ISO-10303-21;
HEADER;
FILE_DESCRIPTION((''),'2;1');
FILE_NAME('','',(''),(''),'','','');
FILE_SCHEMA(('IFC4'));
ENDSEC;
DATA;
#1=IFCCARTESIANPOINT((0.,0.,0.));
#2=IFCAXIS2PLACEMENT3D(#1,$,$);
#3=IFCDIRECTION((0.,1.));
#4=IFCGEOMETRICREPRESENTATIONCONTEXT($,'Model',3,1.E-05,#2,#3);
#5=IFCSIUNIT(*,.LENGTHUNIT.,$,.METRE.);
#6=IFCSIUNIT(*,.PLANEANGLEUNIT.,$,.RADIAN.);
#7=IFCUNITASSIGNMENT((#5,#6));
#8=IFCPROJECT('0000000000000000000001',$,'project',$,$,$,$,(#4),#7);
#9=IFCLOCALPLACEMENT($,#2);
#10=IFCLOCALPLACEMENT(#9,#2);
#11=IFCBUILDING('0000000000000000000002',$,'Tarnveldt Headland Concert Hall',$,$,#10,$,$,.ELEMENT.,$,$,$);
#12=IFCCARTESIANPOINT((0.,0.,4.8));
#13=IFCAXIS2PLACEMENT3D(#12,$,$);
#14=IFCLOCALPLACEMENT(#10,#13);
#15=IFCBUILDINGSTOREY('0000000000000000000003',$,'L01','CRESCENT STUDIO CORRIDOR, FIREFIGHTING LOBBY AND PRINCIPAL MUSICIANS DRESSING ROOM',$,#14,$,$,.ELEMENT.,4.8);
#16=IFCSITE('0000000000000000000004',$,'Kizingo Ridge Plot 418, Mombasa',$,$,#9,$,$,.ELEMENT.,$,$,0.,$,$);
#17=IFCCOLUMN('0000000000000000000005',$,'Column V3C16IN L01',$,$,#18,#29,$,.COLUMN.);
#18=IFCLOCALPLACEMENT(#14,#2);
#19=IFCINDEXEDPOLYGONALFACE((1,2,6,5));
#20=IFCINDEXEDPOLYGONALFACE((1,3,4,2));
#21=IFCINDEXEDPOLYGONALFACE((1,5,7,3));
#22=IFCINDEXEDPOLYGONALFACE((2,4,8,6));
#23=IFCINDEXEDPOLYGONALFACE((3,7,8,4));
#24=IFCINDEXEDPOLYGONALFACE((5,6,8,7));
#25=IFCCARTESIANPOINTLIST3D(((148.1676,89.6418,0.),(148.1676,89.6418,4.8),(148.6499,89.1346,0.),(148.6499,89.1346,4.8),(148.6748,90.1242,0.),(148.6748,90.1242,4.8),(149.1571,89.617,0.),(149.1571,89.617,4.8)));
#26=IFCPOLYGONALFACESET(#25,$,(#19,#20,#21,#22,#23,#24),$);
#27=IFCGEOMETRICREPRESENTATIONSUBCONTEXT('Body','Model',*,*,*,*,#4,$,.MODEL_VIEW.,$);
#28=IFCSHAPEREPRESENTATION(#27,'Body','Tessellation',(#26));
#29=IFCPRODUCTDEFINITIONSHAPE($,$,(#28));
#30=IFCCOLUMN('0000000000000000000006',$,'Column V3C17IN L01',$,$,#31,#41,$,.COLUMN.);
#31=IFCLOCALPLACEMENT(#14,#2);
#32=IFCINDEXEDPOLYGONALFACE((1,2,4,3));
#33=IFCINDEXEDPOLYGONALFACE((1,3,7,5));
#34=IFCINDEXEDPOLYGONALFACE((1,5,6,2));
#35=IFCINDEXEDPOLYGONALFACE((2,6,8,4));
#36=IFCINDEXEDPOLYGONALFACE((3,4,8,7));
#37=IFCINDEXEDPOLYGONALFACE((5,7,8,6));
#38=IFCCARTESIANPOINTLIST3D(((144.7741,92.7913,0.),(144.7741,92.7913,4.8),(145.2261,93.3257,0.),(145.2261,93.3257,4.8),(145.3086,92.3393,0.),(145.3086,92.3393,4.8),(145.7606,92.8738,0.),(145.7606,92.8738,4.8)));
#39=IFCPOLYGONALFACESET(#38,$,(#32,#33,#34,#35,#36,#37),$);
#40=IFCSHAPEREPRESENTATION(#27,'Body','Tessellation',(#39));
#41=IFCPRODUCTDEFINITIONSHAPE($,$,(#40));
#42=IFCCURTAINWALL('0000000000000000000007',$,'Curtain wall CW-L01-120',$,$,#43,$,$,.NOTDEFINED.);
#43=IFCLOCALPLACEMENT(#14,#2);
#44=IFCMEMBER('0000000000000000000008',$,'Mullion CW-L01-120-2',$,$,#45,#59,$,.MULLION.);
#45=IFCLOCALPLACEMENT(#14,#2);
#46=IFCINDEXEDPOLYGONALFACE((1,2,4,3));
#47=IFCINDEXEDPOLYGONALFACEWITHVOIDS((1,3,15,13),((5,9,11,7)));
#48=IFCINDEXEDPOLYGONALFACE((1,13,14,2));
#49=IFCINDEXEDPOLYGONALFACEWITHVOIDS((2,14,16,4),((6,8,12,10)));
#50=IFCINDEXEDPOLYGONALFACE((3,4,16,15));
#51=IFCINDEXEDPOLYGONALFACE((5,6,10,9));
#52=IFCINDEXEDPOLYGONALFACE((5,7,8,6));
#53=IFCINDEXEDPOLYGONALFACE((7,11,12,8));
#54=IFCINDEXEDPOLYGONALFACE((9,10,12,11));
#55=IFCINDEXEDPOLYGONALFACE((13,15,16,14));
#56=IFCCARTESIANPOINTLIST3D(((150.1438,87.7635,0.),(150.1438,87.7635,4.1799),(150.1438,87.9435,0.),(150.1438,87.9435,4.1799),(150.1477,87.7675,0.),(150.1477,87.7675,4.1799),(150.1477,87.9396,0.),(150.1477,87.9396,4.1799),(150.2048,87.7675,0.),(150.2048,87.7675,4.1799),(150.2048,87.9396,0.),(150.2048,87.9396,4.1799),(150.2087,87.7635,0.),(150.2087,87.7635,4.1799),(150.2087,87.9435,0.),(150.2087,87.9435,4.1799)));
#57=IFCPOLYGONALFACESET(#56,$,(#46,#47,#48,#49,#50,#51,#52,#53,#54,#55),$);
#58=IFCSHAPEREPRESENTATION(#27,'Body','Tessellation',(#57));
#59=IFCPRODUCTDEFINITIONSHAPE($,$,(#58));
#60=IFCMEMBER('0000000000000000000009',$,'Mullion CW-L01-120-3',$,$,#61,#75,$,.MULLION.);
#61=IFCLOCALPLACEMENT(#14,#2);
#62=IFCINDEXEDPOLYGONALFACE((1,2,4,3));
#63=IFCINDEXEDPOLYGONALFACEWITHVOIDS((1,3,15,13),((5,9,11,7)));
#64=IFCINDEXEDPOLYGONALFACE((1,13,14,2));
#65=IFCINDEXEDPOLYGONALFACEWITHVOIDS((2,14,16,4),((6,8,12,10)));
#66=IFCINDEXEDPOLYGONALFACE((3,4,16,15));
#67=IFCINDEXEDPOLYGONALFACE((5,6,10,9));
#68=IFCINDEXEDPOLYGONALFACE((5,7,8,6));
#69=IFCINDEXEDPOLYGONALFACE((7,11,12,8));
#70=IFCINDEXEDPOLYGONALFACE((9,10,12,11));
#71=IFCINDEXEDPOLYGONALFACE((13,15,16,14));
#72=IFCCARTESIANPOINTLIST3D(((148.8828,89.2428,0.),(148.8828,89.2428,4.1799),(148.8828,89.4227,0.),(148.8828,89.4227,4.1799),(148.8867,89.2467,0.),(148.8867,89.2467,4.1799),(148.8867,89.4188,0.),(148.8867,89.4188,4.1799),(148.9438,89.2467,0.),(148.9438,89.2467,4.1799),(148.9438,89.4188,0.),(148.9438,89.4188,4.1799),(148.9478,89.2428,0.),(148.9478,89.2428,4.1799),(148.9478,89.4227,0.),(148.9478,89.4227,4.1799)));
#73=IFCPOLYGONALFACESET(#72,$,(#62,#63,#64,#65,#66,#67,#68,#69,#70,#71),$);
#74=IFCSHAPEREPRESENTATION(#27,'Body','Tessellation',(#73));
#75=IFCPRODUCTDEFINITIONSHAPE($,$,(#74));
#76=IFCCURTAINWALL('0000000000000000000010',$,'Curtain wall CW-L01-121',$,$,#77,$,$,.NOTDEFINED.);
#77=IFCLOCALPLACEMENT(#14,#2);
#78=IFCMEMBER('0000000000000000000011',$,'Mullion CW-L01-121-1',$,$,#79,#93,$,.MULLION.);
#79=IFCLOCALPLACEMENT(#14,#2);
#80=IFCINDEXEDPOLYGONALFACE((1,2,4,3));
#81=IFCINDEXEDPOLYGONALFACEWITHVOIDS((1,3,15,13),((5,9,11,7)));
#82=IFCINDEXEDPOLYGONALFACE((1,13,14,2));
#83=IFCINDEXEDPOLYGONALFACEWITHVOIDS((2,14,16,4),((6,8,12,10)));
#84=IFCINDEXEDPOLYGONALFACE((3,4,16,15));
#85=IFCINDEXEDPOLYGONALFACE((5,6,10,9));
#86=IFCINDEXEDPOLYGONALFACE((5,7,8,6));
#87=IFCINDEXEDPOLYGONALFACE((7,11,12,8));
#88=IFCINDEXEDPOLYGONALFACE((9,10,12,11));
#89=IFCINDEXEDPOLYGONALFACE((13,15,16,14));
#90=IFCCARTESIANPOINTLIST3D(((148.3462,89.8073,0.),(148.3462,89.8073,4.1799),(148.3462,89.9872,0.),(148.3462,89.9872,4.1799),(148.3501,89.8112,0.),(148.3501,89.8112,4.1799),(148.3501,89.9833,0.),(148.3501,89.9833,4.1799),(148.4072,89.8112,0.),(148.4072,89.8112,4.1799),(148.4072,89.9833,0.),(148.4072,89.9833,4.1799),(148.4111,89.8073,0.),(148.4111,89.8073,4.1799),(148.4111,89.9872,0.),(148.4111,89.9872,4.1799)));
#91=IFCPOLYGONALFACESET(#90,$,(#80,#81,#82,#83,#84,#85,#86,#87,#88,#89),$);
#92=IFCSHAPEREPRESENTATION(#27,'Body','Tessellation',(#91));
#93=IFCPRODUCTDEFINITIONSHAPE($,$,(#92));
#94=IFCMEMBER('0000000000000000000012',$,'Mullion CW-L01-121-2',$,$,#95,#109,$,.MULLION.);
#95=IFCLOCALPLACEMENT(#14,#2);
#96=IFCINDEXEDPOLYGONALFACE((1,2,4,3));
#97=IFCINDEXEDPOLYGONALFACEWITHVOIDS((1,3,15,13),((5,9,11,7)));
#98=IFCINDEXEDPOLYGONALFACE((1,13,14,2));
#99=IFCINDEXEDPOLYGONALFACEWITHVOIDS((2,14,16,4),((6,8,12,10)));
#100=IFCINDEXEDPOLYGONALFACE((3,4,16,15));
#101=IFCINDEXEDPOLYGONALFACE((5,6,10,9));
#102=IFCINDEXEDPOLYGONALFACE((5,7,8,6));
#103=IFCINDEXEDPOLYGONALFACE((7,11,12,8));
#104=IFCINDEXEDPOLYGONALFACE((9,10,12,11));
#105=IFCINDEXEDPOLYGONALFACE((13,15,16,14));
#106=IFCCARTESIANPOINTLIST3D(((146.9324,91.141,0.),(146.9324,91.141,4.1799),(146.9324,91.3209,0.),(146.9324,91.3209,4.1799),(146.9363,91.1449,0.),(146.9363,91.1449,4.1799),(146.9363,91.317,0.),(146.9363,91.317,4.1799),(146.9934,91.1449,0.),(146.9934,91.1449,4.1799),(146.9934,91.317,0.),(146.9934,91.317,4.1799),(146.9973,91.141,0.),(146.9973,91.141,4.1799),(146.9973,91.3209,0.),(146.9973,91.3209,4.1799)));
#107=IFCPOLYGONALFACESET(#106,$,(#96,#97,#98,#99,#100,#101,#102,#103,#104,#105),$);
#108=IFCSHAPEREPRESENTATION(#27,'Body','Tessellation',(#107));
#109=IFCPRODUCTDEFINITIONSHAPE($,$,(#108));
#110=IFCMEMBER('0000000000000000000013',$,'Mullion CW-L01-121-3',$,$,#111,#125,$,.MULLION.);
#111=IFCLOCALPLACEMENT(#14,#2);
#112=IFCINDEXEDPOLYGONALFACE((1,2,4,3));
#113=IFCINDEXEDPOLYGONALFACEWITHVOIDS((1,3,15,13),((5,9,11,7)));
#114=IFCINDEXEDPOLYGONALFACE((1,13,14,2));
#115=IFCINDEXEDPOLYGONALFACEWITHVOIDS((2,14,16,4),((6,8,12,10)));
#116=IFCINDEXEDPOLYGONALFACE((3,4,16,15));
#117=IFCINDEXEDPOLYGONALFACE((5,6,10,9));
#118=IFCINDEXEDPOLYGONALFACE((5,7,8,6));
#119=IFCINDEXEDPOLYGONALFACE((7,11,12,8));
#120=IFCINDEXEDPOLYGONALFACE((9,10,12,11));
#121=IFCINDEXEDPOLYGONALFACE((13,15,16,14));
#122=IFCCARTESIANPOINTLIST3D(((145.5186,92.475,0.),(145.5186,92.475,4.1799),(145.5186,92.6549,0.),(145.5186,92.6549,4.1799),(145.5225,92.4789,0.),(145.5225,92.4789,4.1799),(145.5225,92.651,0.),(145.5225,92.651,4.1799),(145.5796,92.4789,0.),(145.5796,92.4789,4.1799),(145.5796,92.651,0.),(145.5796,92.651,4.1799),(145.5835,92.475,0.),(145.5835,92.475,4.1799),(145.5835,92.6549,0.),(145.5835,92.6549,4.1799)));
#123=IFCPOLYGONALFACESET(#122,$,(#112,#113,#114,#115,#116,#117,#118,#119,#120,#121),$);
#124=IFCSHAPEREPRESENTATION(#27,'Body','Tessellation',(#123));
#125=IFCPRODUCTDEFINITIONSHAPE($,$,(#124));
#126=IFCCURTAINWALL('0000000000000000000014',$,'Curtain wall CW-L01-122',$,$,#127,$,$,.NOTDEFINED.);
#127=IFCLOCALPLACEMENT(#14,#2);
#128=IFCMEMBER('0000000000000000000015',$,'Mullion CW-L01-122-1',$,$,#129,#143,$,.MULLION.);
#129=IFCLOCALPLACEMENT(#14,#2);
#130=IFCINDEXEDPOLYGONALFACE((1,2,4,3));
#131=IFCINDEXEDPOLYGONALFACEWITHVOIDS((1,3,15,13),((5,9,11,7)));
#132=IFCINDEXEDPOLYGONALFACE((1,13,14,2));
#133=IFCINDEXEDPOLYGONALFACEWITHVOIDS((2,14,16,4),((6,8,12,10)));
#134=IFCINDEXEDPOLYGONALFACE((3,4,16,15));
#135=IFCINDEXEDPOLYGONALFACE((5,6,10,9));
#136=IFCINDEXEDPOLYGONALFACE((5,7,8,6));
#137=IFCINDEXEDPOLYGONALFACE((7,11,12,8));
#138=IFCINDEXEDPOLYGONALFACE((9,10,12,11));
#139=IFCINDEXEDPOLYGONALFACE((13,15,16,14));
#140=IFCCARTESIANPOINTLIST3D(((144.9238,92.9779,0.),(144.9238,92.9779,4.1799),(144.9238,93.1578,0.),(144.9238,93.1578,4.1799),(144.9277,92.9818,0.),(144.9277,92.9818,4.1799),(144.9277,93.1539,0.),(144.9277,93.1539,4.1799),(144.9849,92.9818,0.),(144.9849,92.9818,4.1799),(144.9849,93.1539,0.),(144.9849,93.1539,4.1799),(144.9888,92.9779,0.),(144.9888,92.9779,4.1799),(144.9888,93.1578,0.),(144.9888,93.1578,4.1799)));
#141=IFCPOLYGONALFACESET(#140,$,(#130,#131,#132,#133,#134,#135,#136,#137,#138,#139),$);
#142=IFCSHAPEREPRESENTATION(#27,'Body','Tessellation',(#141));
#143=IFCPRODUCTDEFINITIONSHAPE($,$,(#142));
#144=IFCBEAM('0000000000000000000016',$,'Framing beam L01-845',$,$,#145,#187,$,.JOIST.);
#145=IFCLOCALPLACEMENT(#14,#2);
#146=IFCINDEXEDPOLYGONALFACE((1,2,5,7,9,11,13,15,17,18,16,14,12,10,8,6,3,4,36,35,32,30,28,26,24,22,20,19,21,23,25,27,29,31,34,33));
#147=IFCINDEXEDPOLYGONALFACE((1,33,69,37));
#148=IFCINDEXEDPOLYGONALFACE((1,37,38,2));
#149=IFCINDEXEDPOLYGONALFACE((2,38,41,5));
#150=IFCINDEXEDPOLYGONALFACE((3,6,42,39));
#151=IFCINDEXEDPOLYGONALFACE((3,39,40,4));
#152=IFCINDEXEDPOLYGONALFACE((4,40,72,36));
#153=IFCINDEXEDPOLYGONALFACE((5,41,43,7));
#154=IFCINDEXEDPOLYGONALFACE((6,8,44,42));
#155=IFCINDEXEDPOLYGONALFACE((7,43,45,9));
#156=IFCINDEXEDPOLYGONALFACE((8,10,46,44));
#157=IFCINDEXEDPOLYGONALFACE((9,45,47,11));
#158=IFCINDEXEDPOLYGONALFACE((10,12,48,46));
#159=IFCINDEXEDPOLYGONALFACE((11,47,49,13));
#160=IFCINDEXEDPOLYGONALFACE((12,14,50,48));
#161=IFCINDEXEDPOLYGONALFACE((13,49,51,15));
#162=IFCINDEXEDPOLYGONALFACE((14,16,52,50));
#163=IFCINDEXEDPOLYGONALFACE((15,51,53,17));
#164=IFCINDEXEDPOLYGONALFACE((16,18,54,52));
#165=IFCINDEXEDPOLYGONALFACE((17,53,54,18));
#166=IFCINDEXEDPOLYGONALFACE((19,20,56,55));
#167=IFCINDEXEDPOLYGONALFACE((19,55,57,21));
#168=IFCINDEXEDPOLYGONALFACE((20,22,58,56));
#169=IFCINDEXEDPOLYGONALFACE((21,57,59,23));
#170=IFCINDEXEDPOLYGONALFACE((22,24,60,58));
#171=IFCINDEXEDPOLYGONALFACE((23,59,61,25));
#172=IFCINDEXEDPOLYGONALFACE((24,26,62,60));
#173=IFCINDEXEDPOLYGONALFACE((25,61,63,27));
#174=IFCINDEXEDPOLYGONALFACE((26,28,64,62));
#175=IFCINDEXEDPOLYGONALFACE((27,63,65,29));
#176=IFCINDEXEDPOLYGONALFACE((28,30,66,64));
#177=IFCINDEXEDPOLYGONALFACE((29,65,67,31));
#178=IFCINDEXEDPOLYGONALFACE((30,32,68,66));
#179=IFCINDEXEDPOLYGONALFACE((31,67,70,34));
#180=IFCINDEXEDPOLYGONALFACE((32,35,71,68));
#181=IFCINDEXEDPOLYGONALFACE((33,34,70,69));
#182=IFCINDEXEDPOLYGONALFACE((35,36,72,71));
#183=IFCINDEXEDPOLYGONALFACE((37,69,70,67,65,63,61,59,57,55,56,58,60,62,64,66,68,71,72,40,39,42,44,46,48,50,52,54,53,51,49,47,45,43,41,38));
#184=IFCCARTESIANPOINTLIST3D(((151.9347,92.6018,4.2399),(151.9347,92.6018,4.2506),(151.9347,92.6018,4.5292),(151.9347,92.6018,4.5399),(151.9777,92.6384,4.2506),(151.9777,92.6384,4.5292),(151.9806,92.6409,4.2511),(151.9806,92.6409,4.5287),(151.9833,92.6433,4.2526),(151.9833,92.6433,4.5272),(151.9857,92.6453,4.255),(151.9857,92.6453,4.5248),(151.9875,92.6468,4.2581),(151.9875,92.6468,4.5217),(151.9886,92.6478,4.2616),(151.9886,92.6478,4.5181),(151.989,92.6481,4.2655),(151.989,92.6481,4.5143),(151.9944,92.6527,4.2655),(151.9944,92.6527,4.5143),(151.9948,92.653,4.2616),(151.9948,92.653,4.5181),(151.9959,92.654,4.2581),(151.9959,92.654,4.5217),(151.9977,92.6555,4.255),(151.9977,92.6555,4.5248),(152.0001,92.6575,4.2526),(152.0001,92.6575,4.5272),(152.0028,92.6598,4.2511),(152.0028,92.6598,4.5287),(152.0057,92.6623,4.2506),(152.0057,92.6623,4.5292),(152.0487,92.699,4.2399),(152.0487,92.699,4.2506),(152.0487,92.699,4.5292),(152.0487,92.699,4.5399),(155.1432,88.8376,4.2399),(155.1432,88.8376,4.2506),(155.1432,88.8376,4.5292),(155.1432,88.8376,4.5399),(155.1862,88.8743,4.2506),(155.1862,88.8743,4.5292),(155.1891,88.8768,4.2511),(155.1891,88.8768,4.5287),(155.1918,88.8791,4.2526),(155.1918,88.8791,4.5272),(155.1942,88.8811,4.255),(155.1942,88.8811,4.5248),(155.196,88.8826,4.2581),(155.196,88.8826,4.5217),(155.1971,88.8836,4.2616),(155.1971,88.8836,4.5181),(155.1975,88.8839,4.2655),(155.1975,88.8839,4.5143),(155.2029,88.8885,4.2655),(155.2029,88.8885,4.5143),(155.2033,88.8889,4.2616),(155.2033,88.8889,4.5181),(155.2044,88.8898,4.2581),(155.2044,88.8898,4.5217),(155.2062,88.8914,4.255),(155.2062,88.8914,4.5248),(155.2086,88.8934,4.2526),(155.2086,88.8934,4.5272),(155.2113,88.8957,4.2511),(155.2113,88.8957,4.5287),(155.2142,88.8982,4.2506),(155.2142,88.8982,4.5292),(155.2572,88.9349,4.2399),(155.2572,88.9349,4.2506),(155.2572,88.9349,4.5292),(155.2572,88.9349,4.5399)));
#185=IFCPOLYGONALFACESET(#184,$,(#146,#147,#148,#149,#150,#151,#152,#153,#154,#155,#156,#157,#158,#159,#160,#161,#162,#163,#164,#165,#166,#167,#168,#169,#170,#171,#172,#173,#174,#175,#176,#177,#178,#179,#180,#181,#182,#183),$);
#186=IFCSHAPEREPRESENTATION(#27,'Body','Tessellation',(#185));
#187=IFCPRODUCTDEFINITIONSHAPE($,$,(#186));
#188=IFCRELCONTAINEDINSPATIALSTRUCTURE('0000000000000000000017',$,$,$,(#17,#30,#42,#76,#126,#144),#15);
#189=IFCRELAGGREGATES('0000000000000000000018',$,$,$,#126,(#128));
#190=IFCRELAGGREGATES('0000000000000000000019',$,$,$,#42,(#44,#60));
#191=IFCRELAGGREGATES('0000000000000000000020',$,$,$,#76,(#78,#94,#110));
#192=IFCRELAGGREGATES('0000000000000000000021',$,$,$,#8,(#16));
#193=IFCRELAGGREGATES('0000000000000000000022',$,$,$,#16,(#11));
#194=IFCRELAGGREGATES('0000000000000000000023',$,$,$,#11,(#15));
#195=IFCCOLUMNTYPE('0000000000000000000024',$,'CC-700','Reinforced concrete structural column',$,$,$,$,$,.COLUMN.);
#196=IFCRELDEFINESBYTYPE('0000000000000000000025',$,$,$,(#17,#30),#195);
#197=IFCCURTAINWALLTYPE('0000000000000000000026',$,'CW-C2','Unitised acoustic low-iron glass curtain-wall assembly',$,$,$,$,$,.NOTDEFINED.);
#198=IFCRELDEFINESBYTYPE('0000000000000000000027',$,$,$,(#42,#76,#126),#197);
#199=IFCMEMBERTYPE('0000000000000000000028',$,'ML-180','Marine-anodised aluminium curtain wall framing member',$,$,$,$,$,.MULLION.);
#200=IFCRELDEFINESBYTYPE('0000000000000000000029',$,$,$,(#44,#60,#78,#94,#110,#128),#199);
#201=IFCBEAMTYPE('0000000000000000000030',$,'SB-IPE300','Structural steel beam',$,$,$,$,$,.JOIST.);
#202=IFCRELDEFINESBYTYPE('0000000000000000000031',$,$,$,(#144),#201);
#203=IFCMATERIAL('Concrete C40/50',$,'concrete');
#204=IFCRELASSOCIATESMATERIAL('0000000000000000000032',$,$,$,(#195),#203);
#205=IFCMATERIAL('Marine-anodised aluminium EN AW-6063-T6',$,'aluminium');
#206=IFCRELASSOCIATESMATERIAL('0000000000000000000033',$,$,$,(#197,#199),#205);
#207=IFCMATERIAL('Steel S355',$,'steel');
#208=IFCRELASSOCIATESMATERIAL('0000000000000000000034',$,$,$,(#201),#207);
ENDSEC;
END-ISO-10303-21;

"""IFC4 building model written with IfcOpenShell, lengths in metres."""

from ifc_helpers import new_model, si_unit, direction, frame, origin, origin_2d, place, context, subcontext, project, spatial, rectangle, hollow_rectangle, i_section, extrude, material, material_profile, profile_set, type_object, element, aggregate, save


model = new_model("IFC4")

# Units and contexts
model_context = context("Model", 3, precision=1e-05, world=origin(), true_north=direction((0.0, 1.0)))
body_context = subcontext(model_context, "Body", "Model", "MODEL_VIEW")
ifc_project = project(units=[si_unit("LENGTHUNIT", "METRE"), si_unit("PLANEANGLEUNIT", "RADIAN")], contexts=[model_context])

# Site, building, storey
site_placement = place(None, origin())
site = spatial("IfcSite", under=ifc_project, at=site_placement, Name="Kizingo Ridge Plot 418, Mombasa", CompositionType="ELEMENT", RefElevation=0.0)
building_placement = place(site_placement, origin())
building = spatial("IfcBuilding", under=site, at=building_placement, Name="Tarnveldt Headland Concert Hall", CompositionType="ELEMENT")
storey_placement = place(building_placement, frame((0.0, 0.0, 4.8)))
storey = spatial("IfcBuildingStorey", under=building, at=storey_placement, Name="L01", Description="CRESCENT STUDIO CORRIDOR, FIREFIGHTING LOBBY AND PRINCIPAL MUSICIANS DRESSING ROOM", CompositionType="ELEMENT", Elevation=4.8)

# Columns
ifc_material_1 = material(Name="Concrete C40/50", Category="concrete")
ifc_material_profile_1 = material_profile(ifc_material_1, rectangle(XDim=0.7, YDim=0.7, at=origin_2d()), Name="RC 700x700", Category="concrete")
ifc_profile_set_1 = profile_set([ifc_material_profile_1], Name="Concrete C40/50")
column_type = type_object("IfcColumnType", Name="CC-700", Description="Reinforced concrete structural column", PredefinedType="COLUMN", material=ifc_profile_set_1)
for number, where, z_axis, x_axis, name in (
    (1, (148.6624, 89.6294, 0.0), (0.0, 0.0, 1.0), (0.724653, 0.689114, 0.0), "Column V3C16IN L01"),
    (2, (145.2673, 92.8325, 0.0), (0.0, 0.0, 1.0), (0.645724, 0.763571, 0.0), "Column V3C17IN L01"),
):
    element("IfcColumn", number, at=place(storey_placement, frame(where, z_axis=z_axis, x_axis=x_axis)), inside=storey, type_object=column_type, Name=name, PredefinedType="COLUMN", context=body_context, shape_type="SweptSolid", body=[
        extrude(rectangle(XDim=0.7, YDim=0.7, at=origin_2d()), origin(), (0.0, 0.0, 1.0), 4.8),
    ])

# Curtain walls, members
ifc_material_2 = material(Name="Marine-anodised aluminium EN AW-6063-T6", Category="aluminium")
curtain_wall_type = type_object("IfcCurtainWallType", Name="CW-C2", Description="Unitised acoustic low-iron glass curtain-wall assembly", PredefinedType="NOTDEFINED", material=ifc_material_2)
curtain_wall_1_placement = place(storey_placement, origin())
curtain_wall_1 = element("IfcCurtainWall", 3, at=curtain_wall_1_placement, inside=storey, type_object=curtain_wall_type, Name="Curtain wall CW-L01-120", PredefinedType="NOTDEFINED")
ifc_material_profile_2 = material_profile(ifc_material_2, hollow_rectangle(XDim=0.0649, YDim=0.1799, WallThickness=0.0039, at=origin_2d()), Name="ALU MULLION 65x180x4", Category="aluminium")
ifc_profile_set_2 = profile_set([ifc_material_profile_2], Name="Marine-anodised aluminium EN AW-6063-T6")
member_type_1 = type_object("IfcMemberType", Name="ML-180", Description="Marine-anodised aluminium curtain wall framing member", PredefinedType="MULLION", material=ifc_profile_set_2)
member_1_placement = place(storey_placement, frame((150.1763, 87.8535, 0.0), z_axis=(0.0, 0.0, 1.0), x_axis=(1.0, 0.0, 0.0)))
member_1 = element("IfcMember", 4, at=member_1_placement, type_object=member_type_1, Name="Mullion CW-L01-120-2", PredefinedType="MULLION", context=body_context, shape_type="SweptSolid", body=[
    extrude(hollow_rectangle(XDim=0.0649, YDim=0.1799, WallThickness=0.0039, at=origin_2d()), origin(), (0.0, 0.0, 1.0), 4.1799),
])
member_2_placement = place(storey_placement, frame((148.9153, 89.3328, 0.0), z_axis=(0.0, 0.0, 1.0), x_axis=(1.0, 0.0, 0.0)))
member_2 = element("IfcMember", 5, at=member_2_placement, type_object=member_type_1, Name="Mullion CW-L01-120-3", PredefinedType="MULLION", context=body_context, shape_type="SweptSolid", body=[
    extrude(hollow_rectangle(XDim=0.0649, YDim=0.1799, WallThickness=0.0039, at=origin_2d()), origin(), (0.0, 0.0, 1.0), 4.1799),
])
curtain_wall_2_placement = place(storey_placement, origin())
curtain_wall_2 = element("IfcCurtainWall", 6, at=curtain_wall_2_placement, inside=storey, type_object=curtain_wall_type, Name="Curtain wall CW-L01-121", PredefinedType="NOTDEFINED")
member_3_placement = place(storey_placement, frame((148.3787, 89.8972, 0.0), z_axis=(0.0, 0.0, 1.0), x_axis=(1.0, 0.0, 0.0)))
member_3 = element("IfcMember", 7, at=member_3_placement, type_object=member_type_1, Name="Mullion CW-L01-121-1", PredefinedType="MULLION", context=body_context, shape_type="SweptSolid", body=[
    extrude(hollow_rectangle(XDim=0.0649, YDim=0.1799, WallThickness=0.0039, at=origin_2d()), origin(), (0.0, 0.0, 1.0), 4.1799),
])
member_4_placement = place(storey_placement, frame((146.9648, 91.231, 0.0), z_axis=(0.0, 0.0, 1.0), x_axis=(1.0, 0.0, 0.0)))
member_4 = element("IfcMember", 8, at=member_4_placement, type_object=member_type_1, Name="Mullion CW-L01-121-2", PredefinedType="MULLION", context=body_context, shape_type="SweptSolid", body=[
    extrude(hollow_rectangle(XDim=0.0649, YDim=0.1799, WallThickness=0.0039, at=origin_2d()), origin(), (0.0, 0.0, 1.0), 4.1799),
])
member_5_placement = place(storey_placement, frame((145.551, 92.5649, 0.0), z_axis=(0.0, 0.0, 1.0), x_axis=(1.0, 0.0, 0.0)))
member_5 = element("IfcMember", 9, at=member_5_placement, type_object=member_type_1, Name="Mullion CW-L01-121-3", PredefinedType="MULLION", context=body_context, shape_type="SweptSolid", body=[
    extrude(hollow_rectangle(XDim=0.0649, YDim=0.1799, WallThickness=0.0039, at=origin_2d()), origin(), (0.0, 0.0, 1.0), 4.1799),
])

# Curtain wall, member
curtain_wall_3_placement = place(storey_placement, origin())
curtain_wall_3 = element("IfcCurtainWall", 10, at=curtain_wall_3_placement, inside=storey, type_object=curtain_wall_type, Name="Curtain wall CW-L01-122", PredefinedType="NOTDEFINED")
member_6_placement = place(storey_placement, frame((144.9563, 93.0679, 0.0), z_axis=(0.0, 0.0, 1.0), x_axis=(1.0, 0.0, 0.0)))
member_6 = element("IfcMember", 11, at=member_6_placement, type_object=member_type_1, Name="Mullion CW-L01-122-1", PredefinedType="MULLION", context=body_context, shape_type="SweptSolid", body=[
    extrude(hollow_rectangle(XDim=0.0649, YDim=0.1799, WallThickness=0.0039, at=origin_2d()), origin(), (0.0, 0.0, 1.0), 4.1799),
])

# Beam
ifc_material_3 = material(Name="Steel S355", Category="steel")
ifc_material_profile_3 = material_profile(ifc_material_3, i_section(OverallWidth=0.1499, OverallDepth=0.3, WebThickness=0.0071, FlangeThickness=0.0107, FilletRadius=0.0149, at=origin_2d()), Name="IPE300", Category="steel")
ifc_profile_set_3 = profile_set([ifc_material_profile_3], Name="Steel S355")
beam_type_1 = type_object("IfcBeamType", Name="SB-IPE300", Description="Structural steel beam", PredefinedType="JOIST", material=ifc_profile_set_3)
beam_1_placement = place(storey_placement, frame((155.2002, 88.8862, 4.3899), z_axis=(-0.648699, 0.761045, 0.0), x_axis=(-0.761045, -0.648699, 0.0)))
element("IfcBeam", 12, at=beam_1_placement, inside=storey, type_object=beam_type_1, Name="Framing beam L01-845", PredefinedType="JOIST", context=body_context, shape_type="SweptSolid", body=[
    extrude(i_section(OverallWidth=0.1499, OverallDepth=0.3, WebThickness=0.0071, FlangeThickness=0.0107, FilletRadius=0.0149, at=origin_2d()), origin(), (0.0, 0.0, 1.0), 4.946),
])

aggregate(curtain_wall_3, [member_6])

aggregate(curtain_wall_1, [member_1, member_2])
aggregate(curtain_wall_2, [member_3, member_4, member_5])

save(model, "model.ifc")
